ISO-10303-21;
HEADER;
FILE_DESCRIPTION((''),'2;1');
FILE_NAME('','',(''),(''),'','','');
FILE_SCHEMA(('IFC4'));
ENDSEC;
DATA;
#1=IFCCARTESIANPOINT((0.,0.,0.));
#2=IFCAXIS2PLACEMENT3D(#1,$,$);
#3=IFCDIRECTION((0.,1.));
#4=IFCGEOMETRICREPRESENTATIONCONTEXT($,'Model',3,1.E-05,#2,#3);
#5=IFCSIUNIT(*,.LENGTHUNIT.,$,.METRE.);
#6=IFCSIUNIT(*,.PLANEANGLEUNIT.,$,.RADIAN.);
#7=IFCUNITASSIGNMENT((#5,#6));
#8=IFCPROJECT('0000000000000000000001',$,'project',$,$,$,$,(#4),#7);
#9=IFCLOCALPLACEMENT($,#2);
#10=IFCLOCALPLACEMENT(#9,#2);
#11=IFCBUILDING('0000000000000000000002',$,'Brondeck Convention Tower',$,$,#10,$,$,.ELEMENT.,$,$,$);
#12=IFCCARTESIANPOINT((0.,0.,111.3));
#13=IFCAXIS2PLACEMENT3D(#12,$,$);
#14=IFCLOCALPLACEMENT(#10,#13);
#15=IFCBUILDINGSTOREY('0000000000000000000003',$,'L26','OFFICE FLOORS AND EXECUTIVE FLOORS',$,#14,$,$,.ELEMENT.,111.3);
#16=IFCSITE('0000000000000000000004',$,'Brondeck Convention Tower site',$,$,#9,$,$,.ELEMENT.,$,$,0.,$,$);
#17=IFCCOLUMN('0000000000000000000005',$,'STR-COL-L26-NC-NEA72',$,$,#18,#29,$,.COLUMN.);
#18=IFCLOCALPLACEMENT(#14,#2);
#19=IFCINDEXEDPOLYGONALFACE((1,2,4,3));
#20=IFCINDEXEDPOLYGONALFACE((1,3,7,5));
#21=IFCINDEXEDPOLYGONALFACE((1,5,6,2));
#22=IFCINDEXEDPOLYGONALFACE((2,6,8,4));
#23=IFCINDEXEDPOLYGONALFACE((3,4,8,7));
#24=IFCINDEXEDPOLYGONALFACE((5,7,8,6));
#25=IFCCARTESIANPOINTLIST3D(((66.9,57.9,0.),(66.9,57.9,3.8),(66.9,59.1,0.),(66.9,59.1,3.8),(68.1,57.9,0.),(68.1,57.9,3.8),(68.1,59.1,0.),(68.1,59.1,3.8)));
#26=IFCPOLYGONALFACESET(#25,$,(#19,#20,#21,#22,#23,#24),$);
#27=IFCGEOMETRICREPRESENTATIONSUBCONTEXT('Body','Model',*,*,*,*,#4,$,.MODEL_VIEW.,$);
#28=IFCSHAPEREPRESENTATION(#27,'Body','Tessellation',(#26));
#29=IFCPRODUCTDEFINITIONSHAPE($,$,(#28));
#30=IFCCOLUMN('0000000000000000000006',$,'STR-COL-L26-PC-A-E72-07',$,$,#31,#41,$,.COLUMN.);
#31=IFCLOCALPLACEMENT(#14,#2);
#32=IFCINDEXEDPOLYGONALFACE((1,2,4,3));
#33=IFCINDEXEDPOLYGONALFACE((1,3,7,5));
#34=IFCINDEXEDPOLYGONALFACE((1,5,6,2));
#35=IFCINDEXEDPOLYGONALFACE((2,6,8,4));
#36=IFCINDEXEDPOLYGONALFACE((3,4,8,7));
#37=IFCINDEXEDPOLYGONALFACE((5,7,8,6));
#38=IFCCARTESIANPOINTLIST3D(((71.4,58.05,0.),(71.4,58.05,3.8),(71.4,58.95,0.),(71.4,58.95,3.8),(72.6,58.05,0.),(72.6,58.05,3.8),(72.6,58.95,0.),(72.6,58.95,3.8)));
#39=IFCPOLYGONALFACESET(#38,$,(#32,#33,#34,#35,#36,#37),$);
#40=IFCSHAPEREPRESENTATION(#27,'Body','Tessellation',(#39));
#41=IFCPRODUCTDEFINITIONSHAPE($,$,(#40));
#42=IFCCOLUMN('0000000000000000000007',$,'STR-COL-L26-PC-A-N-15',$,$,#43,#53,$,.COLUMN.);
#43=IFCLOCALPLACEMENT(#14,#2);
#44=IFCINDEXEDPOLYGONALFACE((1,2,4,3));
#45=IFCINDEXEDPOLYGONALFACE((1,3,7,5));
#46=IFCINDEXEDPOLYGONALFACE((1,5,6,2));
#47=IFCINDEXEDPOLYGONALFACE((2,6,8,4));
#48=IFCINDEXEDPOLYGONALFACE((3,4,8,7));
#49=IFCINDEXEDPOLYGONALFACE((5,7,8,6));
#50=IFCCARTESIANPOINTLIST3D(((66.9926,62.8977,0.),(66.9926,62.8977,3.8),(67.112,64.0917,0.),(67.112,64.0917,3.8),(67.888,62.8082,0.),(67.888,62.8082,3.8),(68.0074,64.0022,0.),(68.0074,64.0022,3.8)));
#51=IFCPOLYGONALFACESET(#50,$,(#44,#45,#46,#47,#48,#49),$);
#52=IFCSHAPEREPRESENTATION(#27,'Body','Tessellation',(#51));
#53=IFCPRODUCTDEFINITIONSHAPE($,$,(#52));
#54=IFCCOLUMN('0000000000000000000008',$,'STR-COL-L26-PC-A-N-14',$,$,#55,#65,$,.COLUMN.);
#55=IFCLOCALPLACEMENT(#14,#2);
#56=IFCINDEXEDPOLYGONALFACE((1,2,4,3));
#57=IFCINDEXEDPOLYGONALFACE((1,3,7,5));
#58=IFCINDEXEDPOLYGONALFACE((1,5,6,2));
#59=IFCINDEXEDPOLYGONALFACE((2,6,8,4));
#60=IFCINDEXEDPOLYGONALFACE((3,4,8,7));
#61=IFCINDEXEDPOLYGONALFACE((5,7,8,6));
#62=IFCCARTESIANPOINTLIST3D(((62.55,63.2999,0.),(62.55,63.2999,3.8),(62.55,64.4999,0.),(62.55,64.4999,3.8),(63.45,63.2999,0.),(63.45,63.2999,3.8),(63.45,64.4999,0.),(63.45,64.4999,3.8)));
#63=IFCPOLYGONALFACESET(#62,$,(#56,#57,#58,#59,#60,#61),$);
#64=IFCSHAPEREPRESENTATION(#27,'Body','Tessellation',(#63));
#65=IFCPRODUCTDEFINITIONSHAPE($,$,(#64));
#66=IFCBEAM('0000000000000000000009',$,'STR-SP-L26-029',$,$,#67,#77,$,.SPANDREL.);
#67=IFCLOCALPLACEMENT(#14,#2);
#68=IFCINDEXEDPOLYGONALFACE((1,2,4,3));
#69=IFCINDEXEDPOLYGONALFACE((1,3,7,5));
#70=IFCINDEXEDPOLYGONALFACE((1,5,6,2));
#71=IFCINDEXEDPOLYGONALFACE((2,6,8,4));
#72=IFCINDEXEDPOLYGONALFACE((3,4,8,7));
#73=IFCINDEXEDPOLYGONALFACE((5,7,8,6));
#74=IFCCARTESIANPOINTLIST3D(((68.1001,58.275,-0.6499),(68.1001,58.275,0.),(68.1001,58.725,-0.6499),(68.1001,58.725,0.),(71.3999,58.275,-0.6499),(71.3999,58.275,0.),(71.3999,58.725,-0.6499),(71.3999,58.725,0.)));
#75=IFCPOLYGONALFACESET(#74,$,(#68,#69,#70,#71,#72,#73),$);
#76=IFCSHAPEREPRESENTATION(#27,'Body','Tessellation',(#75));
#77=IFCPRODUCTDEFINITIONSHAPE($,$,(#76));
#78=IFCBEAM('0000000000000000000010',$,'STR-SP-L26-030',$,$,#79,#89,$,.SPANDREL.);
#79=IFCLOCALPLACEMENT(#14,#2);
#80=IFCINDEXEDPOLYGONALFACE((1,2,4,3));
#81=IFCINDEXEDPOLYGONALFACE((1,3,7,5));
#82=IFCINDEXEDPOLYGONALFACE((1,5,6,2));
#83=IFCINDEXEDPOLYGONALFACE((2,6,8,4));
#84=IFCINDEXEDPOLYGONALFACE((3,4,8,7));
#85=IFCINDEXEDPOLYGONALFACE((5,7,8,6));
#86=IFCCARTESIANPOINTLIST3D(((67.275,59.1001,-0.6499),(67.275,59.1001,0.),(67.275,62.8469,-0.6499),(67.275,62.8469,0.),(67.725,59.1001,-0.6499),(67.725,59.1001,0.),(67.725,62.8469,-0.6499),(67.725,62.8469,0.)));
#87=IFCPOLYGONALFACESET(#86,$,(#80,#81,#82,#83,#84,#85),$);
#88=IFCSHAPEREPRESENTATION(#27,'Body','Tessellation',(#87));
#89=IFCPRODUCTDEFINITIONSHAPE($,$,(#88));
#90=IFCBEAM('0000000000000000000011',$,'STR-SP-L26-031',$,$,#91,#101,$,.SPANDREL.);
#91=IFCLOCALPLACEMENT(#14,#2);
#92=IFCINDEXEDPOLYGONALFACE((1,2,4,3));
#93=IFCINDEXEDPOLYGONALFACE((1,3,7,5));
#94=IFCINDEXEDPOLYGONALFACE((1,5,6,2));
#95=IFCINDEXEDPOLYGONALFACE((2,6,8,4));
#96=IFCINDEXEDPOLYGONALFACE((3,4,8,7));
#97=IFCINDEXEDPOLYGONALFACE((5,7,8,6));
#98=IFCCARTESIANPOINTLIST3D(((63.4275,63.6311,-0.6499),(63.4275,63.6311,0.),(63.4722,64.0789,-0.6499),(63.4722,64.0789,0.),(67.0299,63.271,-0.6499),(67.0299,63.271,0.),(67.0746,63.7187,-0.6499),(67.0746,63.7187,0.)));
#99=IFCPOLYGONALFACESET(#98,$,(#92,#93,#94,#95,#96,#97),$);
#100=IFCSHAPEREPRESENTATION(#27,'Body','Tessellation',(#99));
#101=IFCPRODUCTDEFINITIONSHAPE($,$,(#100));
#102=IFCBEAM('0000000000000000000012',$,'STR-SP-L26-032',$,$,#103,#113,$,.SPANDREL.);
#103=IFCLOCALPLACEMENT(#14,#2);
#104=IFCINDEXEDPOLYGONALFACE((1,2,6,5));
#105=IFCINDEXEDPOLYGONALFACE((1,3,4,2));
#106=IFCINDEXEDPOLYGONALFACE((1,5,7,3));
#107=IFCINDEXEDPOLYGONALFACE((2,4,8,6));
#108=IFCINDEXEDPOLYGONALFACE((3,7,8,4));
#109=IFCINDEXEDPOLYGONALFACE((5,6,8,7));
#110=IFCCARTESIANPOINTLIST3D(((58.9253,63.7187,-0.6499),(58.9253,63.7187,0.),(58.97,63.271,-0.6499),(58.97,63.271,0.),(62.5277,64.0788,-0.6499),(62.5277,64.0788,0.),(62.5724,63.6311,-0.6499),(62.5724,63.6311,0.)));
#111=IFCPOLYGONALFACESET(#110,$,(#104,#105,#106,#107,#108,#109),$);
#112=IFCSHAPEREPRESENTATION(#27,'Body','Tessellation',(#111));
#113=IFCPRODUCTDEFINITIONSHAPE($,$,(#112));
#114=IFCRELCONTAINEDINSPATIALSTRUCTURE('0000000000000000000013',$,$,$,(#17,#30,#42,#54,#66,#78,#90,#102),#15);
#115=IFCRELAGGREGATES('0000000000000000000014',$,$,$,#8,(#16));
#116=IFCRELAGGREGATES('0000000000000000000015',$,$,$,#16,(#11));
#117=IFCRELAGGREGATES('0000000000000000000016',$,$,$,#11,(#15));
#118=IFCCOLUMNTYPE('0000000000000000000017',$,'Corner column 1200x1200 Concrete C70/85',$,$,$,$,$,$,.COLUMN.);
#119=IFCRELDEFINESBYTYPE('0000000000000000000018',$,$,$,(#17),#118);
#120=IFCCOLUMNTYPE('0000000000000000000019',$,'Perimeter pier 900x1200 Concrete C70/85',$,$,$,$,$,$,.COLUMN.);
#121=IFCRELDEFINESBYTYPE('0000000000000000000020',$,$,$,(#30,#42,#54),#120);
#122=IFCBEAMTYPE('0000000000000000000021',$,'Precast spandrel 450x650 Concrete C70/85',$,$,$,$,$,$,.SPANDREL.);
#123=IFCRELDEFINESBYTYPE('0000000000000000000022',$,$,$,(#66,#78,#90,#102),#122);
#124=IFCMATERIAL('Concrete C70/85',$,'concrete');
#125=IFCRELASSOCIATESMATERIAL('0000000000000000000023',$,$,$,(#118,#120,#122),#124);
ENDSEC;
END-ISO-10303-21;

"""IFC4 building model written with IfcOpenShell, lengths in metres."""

from ifc_helpers import new_model, si_unit, direction, frame, origin, origin_2d, place, context, subcontext, project, spatial, rectangle, extrude, material, material_profile, profile_set, type_object, element, save


model = new_model("IFC4")

# Units and contexts
model_context = context("Model", 3, precision=1e-05, world=origin(), true_north=direction((0.0, 1.0)))
body_context = subcontext(model_context, "Body", "Model", "MODEL_VIEW")
ifc_project = project(units=[si_unit("LENGTHUNIT", "METRE"), si_unit("PLANEANGLEUNIT", "RADIAN")], contexts=[model_context])

# Site, building, storey
site_placement = place(None, origin())
site = spatial("IfcSite", under=ifc_project, at=site_placement, Name="Brondeck Convention Tower site", CompositionType="ELEMENT", RefElevation=0.0)
building_placement = place(site_placement, origin())
building = spatial("IfcBuilding", under=site, at=building_placement, Name="Brondeck Convention Tower", CompositionType="ELEMENT")
storey_placement = place(building_placement, frame((0.0, 0.0, 111.3)))
storey = spatial("IfcBuildingStorey", under=building, at=storey_placement, Name="L26", Description="OFFICE FLOORS AND EXECUTIVE FLOORS", CompositionType="ELEMENT", Elevation=111.3)

# Columns
ifc_material_1 = material(Name="Concrete C70/85", Category="concrete")
ifc_material_profile_1 = material_profile(ifc_material_1, rectangle(XDim=1.2, YDim=1.2, at=origin_2d()), Name="Corner column 1200x1200 Concrete C70/85")
ifc_profile_set_1 = profile_set([ifc_material_profile_1], Name="Concrete C70/85")
column_type_1 = type_object("IfcColumnType", Name="Corner column 1200x1200 Concrete C70/85", PredefinedType="COLUMN", material=ifc_profile_set_1)
column_placement = place(storey_placement, frame((67.5, 58.5, 0.0), z_axis=(0.0, 0.0, 1.0), x_axis=(1.0, 0.0, 0.0)))
element("IfcColumn", 1, at=column_placement, inside=storey, type_object=column_type_1, Name="STR-COL-L26-NC-NEA72", PredefinedType="COLUMN", context=body_context, shape_type="SweptSolid", body=[
    extrude(rectangle(XDim=1.2, YDim=1.2, at=origin_2d()), origin(), (0.0, 0.0, 1.0), 3.8),
])
ifc_material_profile_2 = material_profile(ifc_material_1, rectangle(XDim=0.8999, YDim=1.2, at=origin_2d()), Name="Perimeter pier 900x1200 Concrete C70/85")
ifc_profile_set_2 = profile_set([ifc_material_profile_2], Name="Concrete C70/85")
column_type_2 = type_object("IfcColumnType", Name="Perimeter pier 900x1200 Concrete C70/85", PredefinedType="COLUMN", material=ifc_profile_set_2)
for number, where, z_axis, x_axis, name in (
    (2, (72.0, 58.5, 0.0), (0.0, 0.0, 1.0), (0.0, 1.0, 0.0), "STR-COL-L26-PC-A-E72-07"),
    (3, (67.5, 63.45, 0.0), (0.0, 0.0, 1.0), (-0.995037, 0.099504, 0.0), "STR-COL-L26-PC-A-N-15"),
    (4, (63.0, 63.8999, 0.0), (0.0, 0.0, 1.0), (-1.0, 0.0, 0.0), "STR-COL-L26-PC-A-N-14"),
):
    element("IfcColumn", number, at=place(storey_placement, frame(where, z_axis=z_axis, x_axis=x_axis)), inside=storey, type_object=column_type_2, Name=name, PredefinedType="COLUMN", context=body_context, shape_type="SweptSolid", body=[
        extrude(rectangle(XDim=0.8999, YDim=1.2, at=origin_2d()), origin(), (0.0, 0.0, 1.0), 3.8),
    ])

# Beams
ifc_material_profile_3 = material_profile(ifc_material_1, rectangle(XDim=0.45, YDim=0.6499, at=origin_2d()), Name="Precast spandrel 450x650 Concrete C70/85")
ifc_profile_set_3 = profile_set([ifc_material_profile_3], Name="Concrete C70/85")
beam_type = type_object("IfcBeamType", Name="Precast spandrel 450x650 Concrete C70/85", PredefinedType="SPANDREL", material=ifc_profile_set_3)
beam_1_placement = place(storey_placement, frame((71.3999, 58.5, -0.325), z_axis=(-1.0, 0.0, 0.0), x_axis=(0.0, -1.0, 0.0)))
element("IfcBeam", 5, at=beam_1_placement, inside=storey, type_object=beam_type, Name="STR-SP-L26-029", PredefinedType="SPANDREL", context=body_context, shape_type="SweptSolid", body=[
    extrude(rectangle(XDim=0.45, YDim=0.6499, at=origin_2d()), origin(), (0.0, 0.0, 1.0), 3.2998),
])
beam_2_placement = place(storey_placement, frame((67.5, 59.1001, -0.325), z_axis=(0.0, 1.0, 0.0), x_axis=(-1.0, 0.0, 0.0)))
element("IfcBeam", 6, at=beam_2_placement, inside=storey, type_object=beam_type, Name="STR-SP-L26-030", PredefinedType="SPANDREL", context=body_context, shape_type="SweptSolid", body=[
    extrude(rectangle(XDim=0.45, YDim=0.6499, at=origin_2d()), origin(), (0.0, 0.0, 1.0), 3.7468),
])
for number, where, z_axis, x_axis, name in (
    (7, (67.0522, 63.4949, -0.325), (-0.995041, 0.09947, 0.0), (-0.09947, -0.995041, 0.0), "STR-SP-L26-031"),
    (8, (62.55, 63.855, -0.325), (-0.995041, -0.09947, 0.0), (0.09947, -0.995041, 0.0), "STR-SP-L26-032"),
):
    element("IfcBeam", number, at=place(storey_placement, frame(where, z_axis=z_axis, x_axis=x_axis)), inside=storey, type_object=beam_type, Name=name, PredefinedType="SPANDREL", context=body_context, shape_type="SweptSolid", body=[
        extrude(rectangle(XDim=0.45, YDim=0.6499, at=origin_2d()), origin(), (0.0, 0.0, 1.0), 3.6204),
    ])

save(model, "model.ifc")
